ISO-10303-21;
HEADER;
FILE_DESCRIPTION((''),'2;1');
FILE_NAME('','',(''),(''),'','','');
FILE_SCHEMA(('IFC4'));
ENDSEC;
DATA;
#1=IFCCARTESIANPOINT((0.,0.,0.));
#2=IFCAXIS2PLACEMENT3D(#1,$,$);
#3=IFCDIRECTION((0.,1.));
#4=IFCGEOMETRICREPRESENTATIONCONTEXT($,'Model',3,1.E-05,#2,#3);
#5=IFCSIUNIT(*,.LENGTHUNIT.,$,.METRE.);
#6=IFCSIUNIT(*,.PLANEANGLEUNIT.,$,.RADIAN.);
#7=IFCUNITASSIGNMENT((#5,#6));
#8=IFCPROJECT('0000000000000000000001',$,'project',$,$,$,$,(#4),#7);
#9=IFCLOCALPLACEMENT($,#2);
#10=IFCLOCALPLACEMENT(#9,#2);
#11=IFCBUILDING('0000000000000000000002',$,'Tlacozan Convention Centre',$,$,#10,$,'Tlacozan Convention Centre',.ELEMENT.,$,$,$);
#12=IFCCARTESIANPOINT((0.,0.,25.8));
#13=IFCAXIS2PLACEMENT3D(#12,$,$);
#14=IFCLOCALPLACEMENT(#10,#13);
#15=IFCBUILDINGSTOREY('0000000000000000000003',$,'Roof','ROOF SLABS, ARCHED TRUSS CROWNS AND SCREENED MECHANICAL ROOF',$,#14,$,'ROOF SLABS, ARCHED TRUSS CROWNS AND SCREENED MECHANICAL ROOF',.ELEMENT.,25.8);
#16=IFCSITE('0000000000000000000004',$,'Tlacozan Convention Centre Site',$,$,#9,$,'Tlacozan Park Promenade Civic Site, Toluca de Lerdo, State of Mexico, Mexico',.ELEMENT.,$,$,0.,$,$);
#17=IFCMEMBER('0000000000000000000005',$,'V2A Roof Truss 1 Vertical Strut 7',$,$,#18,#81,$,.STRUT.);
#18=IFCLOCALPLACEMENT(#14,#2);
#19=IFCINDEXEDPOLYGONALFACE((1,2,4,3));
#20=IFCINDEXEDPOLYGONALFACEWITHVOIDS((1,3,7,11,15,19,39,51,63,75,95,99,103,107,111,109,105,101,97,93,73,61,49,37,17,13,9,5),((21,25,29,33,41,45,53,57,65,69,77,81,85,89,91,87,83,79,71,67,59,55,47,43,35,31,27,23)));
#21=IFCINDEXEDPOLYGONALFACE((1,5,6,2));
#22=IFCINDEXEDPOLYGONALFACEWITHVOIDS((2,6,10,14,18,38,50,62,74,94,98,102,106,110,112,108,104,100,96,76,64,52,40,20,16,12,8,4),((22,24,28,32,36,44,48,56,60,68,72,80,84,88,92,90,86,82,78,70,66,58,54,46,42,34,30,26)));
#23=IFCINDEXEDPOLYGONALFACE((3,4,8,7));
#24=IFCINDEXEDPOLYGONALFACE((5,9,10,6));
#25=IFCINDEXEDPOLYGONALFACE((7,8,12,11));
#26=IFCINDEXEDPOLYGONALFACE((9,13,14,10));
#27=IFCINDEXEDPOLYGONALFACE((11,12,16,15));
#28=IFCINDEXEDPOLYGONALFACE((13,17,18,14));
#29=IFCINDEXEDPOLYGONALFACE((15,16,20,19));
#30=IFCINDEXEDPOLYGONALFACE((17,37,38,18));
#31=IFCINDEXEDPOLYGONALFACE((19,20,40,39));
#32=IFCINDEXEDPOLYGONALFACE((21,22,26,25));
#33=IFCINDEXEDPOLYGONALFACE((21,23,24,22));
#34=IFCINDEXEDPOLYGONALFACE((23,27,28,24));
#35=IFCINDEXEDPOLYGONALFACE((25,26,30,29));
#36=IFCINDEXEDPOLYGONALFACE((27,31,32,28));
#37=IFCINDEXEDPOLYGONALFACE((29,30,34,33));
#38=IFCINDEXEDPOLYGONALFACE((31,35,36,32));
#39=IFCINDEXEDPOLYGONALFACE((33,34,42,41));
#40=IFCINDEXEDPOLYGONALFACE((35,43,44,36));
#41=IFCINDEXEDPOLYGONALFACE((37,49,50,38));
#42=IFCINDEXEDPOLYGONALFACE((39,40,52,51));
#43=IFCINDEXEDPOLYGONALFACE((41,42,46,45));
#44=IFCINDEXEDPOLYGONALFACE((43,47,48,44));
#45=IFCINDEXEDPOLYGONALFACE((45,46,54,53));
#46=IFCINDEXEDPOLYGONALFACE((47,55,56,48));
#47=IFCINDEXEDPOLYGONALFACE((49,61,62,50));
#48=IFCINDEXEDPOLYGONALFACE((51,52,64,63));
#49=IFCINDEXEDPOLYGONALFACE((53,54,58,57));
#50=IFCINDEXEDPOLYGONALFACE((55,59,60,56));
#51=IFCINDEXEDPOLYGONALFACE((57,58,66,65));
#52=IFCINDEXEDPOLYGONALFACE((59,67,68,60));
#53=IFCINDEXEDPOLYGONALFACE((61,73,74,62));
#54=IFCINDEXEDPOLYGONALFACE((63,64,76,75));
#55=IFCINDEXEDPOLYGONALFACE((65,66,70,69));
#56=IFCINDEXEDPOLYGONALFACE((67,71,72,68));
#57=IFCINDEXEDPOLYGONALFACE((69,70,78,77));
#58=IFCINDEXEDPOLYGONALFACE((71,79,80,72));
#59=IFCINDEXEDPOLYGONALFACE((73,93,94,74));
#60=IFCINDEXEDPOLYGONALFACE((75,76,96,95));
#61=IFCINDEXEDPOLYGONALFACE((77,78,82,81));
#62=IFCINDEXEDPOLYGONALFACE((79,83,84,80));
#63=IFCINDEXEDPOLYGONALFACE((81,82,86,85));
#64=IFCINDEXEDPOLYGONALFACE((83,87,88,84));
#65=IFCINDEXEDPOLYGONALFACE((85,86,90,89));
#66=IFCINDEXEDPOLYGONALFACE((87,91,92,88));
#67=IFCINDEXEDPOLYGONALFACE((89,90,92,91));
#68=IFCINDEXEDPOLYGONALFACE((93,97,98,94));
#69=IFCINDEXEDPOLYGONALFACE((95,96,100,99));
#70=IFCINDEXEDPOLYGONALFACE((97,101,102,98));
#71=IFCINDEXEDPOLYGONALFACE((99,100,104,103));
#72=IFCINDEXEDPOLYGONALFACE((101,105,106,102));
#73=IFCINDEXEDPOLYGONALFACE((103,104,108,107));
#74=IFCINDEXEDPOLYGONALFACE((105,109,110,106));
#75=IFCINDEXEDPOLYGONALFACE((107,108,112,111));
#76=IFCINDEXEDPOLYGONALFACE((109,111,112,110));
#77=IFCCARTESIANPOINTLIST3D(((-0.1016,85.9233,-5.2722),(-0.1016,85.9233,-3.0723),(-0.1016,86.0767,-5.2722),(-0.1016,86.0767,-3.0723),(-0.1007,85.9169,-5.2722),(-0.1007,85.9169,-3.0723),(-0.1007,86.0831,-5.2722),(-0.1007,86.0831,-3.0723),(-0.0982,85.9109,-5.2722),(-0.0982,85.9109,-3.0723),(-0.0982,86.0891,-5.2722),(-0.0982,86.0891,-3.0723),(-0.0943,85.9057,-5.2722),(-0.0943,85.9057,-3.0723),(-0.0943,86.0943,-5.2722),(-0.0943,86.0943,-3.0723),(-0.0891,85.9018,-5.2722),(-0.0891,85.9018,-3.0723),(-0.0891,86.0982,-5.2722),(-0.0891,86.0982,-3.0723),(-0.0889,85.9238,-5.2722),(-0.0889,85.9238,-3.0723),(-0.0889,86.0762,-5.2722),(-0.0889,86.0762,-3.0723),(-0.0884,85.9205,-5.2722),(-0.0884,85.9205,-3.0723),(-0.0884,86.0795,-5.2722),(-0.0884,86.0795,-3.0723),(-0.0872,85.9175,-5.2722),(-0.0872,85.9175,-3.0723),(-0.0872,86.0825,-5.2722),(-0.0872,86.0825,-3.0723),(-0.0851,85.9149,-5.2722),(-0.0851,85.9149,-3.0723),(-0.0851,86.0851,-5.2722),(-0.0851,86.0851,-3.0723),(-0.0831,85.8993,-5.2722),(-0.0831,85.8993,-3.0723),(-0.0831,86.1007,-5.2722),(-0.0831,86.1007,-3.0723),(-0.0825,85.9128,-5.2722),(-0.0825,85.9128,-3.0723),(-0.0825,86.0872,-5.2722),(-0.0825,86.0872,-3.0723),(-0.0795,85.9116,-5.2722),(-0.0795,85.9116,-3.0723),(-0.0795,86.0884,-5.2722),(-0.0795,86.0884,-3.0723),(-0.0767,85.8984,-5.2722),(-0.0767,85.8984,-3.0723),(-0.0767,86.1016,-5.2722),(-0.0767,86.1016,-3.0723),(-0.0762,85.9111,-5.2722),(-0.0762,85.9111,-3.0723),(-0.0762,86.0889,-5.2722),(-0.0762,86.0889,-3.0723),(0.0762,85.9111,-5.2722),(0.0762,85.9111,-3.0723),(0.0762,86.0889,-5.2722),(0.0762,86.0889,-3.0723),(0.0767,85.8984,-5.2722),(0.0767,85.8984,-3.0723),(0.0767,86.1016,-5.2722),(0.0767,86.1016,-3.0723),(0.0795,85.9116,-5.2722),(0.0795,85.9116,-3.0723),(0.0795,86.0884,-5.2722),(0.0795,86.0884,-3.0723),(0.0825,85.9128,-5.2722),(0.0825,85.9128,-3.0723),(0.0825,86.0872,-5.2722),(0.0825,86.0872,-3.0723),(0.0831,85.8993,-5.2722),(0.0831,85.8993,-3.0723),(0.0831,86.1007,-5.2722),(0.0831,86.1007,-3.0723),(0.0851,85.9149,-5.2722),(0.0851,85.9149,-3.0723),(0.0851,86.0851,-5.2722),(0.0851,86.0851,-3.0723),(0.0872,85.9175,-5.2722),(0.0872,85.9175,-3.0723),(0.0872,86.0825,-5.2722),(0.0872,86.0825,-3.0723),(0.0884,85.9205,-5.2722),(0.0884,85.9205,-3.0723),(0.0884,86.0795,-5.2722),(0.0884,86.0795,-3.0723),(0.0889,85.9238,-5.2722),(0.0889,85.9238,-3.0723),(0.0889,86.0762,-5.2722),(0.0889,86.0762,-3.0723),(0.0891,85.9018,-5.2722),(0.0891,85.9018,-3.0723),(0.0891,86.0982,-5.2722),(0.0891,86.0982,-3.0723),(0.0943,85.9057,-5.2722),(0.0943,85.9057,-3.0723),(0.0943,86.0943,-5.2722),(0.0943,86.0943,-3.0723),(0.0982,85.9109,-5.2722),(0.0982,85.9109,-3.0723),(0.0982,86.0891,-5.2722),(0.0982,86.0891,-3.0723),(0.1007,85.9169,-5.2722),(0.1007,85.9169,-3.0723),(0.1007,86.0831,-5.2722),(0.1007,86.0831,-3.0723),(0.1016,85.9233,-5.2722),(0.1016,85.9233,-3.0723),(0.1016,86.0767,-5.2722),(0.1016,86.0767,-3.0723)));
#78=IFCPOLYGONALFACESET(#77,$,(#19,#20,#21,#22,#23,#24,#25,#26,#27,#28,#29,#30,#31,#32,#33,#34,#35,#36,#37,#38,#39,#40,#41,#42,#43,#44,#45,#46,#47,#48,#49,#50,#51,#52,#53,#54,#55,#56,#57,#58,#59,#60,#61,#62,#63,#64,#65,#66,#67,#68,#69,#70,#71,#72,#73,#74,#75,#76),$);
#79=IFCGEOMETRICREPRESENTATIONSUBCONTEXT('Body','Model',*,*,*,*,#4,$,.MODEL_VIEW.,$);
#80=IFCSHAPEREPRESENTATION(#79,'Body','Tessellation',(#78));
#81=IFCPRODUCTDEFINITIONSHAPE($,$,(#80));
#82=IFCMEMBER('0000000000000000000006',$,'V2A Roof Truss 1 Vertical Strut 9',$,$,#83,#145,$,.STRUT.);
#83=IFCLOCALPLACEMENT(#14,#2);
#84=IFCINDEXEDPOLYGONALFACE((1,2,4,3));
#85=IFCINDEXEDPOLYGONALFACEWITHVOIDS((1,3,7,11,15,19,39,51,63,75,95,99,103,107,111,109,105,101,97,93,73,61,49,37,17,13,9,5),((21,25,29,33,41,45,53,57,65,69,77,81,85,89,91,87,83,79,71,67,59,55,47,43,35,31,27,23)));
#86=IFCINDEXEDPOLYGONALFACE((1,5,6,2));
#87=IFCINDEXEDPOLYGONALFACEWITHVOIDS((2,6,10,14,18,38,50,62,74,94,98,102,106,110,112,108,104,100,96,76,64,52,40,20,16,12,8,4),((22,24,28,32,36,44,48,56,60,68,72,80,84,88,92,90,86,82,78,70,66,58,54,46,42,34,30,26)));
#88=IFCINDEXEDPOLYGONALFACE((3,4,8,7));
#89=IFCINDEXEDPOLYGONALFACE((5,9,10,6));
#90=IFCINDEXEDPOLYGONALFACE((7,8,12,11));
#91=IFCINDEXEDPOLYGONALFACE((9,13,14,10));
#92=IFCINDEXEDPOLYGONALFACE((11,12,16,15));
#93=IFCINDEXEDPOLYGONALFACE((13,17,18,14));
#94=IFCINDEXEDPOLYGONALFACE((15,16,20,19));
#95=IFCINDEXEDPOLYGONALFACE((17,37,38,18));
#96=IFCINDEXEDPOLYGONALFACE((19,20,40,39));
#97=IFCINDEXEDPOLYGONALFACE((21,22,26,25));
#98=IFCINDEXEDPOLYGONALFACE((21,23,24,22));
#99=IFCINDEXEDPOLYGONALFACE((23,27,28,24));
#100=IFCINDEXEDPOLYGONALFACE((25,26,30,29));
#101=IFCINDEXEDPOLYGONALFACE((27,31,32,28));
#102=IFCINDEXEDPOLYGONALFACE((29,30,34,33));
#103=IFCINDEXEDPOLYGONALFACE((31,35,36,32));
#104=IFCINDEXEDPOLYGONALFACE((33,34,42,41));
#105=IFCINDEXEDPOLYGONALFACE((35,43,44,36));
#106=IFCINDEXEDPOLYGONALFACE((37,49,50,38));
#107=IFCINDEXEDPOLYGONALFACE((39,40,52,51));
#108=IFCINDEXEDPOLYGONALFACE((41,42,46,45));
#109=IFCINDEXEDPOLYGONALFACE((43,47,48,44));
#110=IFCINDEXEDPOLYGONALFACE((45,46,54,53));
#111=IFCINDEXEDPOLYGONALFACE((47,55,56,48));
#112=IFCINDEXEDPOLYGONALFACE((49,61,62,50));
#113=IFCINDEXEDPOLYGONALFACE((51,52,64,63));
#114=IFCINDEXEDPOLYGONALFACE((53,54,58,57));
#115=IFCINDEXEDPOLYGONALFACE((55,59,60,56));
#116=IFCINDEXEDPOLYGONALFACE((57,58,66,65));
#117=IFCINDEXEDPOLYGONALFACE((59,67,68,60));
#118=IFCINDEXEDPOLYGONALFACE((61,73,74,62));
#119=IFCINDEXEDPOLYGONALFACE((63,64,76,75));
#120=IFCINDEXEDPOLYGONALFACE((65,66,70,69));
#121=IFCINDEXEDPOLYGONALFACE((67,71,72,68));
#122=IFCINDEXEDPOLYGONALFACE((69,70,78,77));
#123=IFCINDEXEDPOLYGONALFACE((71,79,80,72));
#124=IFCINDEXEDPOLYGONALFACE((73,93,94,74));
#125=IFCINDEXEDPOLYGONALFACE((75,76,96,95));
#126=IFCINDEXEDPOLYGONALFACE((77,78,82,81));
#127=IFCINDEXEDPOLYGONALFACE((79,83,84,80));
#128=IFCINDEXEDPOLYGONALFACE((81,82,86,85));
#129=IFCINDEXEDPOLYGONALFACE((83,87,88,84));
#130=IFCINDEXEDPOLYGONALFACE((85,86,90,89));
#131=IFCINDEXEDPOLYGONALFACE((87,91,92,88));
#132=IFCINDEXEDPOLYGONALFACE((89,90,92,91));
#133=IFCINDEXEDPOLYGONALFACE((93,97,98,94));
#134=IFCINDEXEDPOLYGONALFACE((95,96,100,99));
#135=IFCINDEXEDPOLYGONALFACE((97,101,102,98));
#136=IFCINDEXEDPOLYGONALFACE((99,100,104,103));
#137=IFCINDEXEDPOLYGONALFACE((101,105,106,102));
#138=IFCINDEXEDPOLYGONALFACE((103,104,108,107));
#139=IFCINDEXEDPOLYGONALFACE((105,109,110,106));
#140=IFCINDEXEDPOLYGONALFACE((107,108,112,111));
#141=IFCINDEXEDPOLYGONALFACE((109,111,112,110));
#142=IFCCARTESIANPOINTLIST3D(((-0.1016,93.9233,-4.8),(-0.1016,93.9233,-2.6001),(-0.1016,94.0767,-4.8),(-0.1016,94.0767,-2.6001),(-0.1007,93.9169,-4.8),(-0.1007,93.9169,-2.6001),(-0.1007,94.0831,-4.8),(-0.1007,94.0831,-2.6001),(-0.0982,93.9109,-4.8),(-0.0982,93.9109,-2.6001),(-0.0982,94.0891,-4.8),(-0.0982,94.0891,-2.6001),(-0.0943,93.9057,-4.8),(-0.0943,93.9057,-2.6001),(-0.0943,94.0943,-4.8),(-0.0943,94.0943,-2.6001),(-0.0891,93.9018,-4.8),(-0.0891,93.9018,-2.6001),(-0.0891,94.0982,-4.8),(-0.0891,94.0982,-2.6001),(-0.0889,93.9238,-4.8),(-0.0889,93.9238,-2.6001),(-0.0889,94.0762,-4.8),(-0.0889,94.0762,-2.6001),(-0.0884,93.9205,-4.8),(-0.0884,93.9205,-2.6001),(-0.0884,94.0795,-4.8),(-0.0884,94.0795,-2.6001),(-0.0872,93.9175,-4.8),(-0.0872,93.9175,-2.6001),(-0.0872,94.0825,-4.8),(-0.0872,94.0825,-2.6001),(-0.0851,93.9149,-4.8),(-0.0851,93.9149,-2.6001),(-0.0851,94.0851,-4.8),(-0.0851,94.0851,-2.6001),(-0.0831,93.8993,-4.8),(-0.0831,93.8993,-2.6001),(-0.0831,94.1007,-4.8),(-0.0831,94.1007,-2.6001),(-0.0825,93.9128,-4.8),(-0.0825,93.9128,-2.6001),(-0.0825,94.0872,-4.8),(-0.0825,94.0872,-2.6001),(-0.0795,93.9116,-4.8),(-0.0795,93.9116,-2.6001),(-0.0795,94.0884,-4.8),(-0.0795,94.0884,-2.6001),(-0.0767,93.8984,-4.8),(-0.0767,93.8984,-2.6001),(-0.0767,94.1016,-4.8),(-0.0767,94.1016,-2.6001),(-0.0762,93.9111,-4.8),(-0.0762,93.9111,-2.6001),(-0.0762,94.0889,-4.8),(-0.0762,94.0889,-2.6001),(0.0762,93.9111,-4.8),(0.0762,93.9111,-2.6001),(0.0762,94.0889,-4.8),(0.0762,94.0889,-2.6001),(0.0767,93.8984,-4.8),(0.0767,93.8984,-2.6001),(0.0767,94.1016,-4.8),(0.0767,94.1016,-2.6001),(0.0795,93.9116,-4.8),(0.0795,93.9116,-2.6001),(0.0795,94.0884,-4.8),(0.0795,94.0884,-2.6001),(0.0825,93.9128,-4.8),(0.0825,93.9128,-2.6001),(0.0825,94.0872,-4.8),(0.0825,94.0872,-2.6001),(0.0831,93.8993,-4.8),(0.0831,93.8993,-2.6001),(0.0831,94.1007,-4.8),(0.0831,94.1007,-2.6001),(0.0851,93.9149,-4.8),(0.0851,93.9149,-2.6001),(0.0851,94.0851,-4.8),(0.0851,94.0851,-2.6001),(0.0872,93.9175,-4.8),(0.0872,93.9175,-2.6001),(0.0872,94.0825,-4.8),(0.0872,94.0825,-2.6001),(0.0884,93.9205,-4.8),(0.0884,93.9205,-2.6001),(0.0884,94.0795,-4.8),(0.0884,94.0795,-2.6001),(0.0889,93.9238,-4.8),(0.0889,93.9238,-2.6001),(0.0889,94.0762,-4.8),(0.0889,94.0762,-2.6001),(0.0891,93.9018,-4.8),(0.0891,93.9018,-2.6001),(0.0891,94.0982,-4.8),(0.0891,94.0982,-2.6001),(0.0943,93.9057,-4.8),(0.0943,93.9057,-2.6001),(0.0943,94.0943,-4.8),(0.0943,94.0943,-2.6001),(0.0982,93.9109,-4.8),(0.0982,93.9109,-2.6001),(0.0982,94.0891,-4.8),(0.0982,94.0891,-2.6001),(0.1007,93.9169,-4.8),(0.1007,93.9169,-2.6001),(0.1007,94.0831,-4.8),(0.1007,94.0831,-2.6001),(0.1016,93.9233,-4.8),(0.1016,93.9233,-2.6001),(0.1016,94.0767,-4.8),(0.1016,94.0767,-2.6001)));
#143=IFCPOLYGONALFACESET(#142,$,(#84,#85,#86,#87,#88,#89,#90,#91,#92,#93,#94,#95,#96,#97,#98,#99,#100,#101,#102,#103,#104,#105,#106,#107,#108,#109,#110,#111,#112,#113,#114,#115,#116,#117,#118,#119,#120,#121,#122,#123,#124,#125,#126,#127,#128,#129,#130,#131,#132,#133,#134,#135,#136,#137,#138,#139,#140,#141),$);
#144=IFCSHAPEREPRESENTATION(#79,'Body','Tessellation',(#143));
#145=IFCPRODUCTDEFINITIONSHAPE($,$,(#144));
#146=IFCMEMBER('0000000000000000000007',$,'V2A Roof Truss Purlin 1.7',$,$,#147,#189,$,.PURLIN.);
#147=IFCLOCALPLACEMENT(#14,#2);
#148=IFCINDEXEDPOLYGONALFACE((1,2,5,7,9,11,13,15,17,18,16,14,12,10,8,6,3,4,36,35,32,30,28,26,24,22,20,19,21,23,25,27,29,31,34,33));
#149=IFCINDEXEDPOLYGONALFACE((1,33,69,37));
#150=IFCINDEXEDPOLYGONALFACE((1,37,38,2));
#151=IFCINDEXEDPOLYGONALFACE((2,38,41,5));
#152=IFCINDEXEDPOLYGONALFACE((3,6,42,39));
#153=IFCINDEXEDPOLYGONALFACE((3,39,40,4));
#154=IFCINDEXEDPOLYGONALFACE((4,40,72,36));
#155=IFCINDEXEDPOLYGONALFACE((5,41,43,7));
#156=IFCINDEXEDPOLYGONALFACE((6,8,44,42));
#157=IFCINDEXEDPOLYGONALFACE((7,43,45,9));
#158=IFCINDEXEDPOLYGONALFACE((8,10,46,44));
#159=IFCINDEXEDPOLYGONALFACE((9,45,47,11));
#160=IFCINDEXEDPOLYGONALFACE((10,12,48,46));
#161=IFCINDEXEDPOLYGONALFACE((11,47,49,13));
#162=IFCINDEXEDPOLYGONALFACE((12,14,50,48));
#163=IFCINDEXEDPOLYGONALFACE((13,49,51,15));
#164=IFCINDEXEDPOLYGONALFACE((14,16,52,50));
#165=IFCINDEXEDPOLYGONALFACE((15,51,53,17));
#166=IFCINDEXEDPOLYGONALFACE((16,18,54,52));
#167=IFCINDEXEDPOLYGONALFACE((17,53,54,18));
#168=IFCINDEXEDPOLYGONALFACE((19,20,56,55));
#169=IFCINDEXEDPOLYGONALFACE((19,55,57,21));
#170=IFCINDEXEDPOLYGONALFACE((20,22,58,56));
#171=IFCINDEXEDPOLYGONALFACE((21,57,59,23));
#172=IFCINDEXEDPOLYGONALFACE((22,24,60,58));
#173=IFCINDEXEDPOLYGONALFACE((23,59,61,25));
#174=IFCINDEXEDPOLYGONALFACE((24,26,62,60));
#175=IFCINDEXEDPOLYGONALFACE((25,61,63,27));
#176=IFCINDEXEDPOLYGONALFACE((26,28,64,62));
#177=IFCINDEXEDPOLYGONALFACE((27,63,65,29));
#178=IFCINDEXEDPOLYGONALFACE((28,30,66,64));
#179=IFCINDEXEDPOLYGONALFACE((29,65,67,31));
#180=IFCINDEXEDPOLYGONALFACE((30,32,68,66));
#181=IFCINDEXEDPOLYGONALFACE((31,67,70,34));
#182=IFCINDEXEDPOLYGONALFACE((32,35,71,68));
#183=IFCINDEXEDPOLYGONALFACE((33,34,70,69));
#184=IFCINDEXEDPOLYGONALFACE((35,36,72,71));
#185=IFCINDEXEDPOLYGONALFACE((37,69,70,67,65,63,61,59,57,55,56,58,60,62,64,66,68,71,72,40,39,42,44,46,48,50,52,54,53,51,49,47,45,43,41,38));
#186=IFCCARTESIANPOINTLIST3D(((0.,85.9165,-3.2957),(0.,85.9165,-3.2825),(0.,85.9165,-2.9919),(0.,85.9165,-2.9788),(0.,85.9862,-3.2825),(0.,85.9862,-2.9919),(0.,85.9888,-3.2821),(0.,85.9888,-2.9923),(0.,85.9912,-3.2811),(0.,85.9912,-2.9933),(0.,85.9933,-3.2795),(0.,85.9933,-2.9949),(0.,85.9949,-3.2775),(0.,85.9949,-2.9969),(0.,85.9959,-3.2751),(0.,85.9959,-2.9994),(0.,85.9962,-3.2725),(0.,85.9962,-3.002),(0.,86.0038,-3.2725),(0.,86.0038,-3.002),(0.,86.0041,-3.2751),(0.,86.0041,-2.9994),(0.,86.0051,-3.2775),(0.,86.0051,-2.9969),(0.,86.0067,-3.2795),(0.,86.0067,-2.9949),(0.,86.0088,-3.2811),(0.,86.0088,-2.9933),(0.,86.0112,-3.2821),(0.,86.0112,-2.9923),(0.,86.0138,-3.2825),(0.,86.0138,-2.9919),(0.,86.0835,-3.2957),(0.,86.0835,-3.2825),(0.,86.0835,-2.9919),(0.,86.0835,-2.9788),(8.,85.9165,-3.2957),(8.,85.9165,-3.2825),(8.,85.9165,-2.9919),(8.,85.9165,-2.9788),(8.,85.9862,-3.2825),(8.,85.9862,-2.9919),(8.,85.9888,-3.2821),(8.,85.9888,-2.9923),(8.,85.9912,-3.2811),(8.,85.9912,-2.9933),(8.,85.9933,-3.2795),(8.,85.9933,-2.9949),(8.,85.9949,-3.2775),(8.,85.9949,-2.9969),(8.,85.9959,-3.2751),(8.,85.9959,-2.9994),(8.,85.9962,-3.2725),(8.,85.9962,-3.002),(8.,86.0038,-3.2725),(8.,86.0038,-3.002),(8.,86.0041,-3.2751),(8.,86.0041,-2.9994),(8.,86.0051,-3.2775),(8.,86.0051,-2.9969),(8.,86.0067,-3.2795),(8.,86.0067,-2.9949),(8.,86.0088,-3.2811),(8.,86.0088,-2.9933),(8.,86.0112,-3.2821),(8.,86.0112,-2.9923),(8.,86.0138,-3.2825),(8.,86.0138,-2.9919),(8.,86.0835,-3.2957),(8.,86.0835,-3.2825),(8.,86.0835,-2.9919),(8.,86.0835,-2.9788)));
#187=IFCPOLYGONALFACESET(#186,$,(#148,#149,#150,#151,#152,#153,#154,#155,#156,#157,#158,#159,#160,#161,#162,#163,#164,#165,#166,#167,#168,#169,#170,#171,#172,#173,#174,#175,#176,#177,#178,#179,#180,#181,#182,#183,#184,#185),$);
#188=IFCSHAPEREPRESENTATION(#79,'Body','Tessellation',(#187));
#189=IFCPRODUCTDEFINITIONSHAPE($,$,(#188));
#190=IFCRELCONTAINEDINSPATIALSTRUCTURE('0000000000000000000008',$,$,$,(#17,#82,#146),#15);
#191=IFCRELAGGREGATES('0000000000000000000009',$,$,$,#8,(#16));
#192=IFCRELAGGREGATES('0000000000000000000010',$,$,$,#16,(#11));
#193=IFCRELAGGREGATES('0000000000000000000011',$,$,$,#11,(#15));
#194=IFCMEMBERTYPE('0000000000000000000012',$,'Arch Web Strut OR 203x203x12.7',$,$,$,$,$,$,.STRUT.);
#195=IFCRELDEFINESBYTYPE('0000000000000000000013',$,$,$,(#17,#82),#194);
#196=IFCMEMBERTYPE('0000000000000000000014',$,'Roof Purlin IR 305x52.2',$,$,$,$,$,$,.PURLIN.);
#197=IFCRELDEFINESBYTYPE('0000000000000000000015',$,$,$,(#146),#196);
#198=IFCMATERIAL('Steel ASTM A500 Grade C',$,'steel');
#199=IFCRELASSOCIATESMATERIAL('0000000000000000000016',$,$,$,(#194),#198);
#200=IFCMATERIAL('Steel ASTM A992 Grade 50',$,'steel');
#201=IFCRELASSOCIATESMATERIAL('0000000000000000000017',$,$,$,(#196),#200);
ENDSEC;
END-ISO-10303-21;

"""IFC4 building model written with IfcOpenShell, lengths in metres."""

from ifc_helpers import new_model, si_unit, direction, frame, origin, origin_2d, place, context, subcontext, project, spatial, hollow_rectangle, i_section, extrude, material, material_profile, profile_set, type_object, element, save


model = new_model("IFC4")

# Units and contexts
model_context = context("Model", 3, precision=1e-05, world=origin(), true_north=direction((0.0, 1.0)))
body_context = subcontext(model_context, "Body", "Model", "MODEL_VIEW")
ifc_project = project(units=[si_unit("LENGTHUNIT", "METRE"), si_unit("PLANEANGLEUNIT", "RADIAN")], contexts=[model_context])

# Site, building, storey
site_placement = place(None, origin())
site = spatial("IfcSite", under=ifc_project, at=site_placement, Name="Tlacozan Convention Centre Site", LongName="Tlacozan Park Promenade Civic Site, Toluca de Lerdo, State of Mexico, Mexico", CompositionType="ELEMENT", RefElevation=0.0)
building_placement = place(site_placement, origin())
building = spatial("IfcBuilding", under=site, at=building_placement, Name="Tlacozan Convention Centre", LongName="Tlacozan Convention Centre", CompositionType="ELEMENT")
storey_placement = place(building_placement, frame((0.0, 0.0, 25.8)))
storey = spatial("IfcBuildingStorey", under=building, at=storey_placement, Name="Roof", Description="ROOF SLABS, ARCHED TRUSS CROWNS AND SCREENED MECHANICAL ROOF", LongName="ROOF SLABS, ARCHED TRUSS CROWNS AND SCREENED MECHANICAL ROOF", CompositionType="ELEMENT", Elevation=25.8)

# Members
ifc_material_1 = material(Name="Steel ASTM A500 Grade C", Category="steel")
ifc_material_profile_1 = material_profile(ifc_material_1, hollow_rectangle(XDim=0.2031, YDim=0.2031, WallThickness=0.0127, InnerFilletRadius=0.0127, OuterFilletRadius=0.0249, at=origin_2d()), Name="OR 203x203x12.7")
ifc_profile_set_1 = profile_set([ifc_material_profile_1], Name="Steel ASTM A500 Grade C")
member_type_1 = type_object("IfcMemberType", Name="Arch Web Strut OR 203x203x12.7", PredefinedType="STRUT", material=ifc_profile_set_1)
for number, where, z_axis, x_axis, name in (
    (1, (0.0, 86.0, -5.2722), (0.0, 0.0, 1.0), (1.0, 0.0, 0.0), "V2A Roof Truss 1 Vertical Strut 7"),
    (2, (0.0, 94.0, -4.8), (0.0, 0.0, 1.0), (1.0, 0.0, 0.0), "V2A Roof Truss 1 Vertical Strut 9"),
):
    element("IfcMember", number, at=place(storey_placement, frame(where, z_axis=z_axis, x_axis=x_axis)), inside=storey, type_object=member_type_1, Name=name, PredefinedType="STRUT", context=body_context, shape_type="SweptSolid", body=[
        extrude(hollow_rectangle(XDim=0.2031, YDim=0.2031, WallThickness=0.0127, InnerFilletRadius=0.0127, OuterFilletRadius=0.0249, at=origin_2d()), origin(), (0.0, 0.0, 1.0), 2.2),
    ])
ifc_material_2 = material(Name="Steel ASTM A992 Grade 50", Category="steel")
ifc_material_profile_2 = material_profile(ifc_material_2, i_section(OverallWidth=0.167, OverallDepth=0.3169, WebThickness=0.0076, FlangeThickness=0.0132, FilletRadius=0.01, at=origin_2d()), Name="IR 305x52.2")
ifc_profile_set_2 = profile_set([ifc_material_profile_2], Name="Steel ASTM A992 Grade 50")
member_type_2 = type_object("IfcMemberType", Name="Roof Purlin IR 305x52.2", PredefinedType="PURLIN", material=ifc_profile_set_2)
for number, where, z_axis, x_axis, name in (
    (3, (0.0, 86.0, -3.1372), (1.0, 0.0, 0.0), (0.0, 1.0, 0.0), "V2A Roof Truss Purlin 1.7"),
):
    element("IfcMember", number, at=place(storey_placement, frame(where, z_axis=z_axis, x_axis=x_axis)), inside=storey, type_object=member_type_2, Name=name, PredefinedType="PURLIN", context=body_context, shape_type="SweptSolid", body=[
        extrude(i_section(OverallWidth=0.167, OverallDepth=0.3169, WebThickness=0.0076, FlangeThickness=0.0132, FilletRadius=0.01, at=origin_2d()), origin(), (0.0, 0.0, 1.0), 8.0),
    ])

save(model, "model.ifc")
